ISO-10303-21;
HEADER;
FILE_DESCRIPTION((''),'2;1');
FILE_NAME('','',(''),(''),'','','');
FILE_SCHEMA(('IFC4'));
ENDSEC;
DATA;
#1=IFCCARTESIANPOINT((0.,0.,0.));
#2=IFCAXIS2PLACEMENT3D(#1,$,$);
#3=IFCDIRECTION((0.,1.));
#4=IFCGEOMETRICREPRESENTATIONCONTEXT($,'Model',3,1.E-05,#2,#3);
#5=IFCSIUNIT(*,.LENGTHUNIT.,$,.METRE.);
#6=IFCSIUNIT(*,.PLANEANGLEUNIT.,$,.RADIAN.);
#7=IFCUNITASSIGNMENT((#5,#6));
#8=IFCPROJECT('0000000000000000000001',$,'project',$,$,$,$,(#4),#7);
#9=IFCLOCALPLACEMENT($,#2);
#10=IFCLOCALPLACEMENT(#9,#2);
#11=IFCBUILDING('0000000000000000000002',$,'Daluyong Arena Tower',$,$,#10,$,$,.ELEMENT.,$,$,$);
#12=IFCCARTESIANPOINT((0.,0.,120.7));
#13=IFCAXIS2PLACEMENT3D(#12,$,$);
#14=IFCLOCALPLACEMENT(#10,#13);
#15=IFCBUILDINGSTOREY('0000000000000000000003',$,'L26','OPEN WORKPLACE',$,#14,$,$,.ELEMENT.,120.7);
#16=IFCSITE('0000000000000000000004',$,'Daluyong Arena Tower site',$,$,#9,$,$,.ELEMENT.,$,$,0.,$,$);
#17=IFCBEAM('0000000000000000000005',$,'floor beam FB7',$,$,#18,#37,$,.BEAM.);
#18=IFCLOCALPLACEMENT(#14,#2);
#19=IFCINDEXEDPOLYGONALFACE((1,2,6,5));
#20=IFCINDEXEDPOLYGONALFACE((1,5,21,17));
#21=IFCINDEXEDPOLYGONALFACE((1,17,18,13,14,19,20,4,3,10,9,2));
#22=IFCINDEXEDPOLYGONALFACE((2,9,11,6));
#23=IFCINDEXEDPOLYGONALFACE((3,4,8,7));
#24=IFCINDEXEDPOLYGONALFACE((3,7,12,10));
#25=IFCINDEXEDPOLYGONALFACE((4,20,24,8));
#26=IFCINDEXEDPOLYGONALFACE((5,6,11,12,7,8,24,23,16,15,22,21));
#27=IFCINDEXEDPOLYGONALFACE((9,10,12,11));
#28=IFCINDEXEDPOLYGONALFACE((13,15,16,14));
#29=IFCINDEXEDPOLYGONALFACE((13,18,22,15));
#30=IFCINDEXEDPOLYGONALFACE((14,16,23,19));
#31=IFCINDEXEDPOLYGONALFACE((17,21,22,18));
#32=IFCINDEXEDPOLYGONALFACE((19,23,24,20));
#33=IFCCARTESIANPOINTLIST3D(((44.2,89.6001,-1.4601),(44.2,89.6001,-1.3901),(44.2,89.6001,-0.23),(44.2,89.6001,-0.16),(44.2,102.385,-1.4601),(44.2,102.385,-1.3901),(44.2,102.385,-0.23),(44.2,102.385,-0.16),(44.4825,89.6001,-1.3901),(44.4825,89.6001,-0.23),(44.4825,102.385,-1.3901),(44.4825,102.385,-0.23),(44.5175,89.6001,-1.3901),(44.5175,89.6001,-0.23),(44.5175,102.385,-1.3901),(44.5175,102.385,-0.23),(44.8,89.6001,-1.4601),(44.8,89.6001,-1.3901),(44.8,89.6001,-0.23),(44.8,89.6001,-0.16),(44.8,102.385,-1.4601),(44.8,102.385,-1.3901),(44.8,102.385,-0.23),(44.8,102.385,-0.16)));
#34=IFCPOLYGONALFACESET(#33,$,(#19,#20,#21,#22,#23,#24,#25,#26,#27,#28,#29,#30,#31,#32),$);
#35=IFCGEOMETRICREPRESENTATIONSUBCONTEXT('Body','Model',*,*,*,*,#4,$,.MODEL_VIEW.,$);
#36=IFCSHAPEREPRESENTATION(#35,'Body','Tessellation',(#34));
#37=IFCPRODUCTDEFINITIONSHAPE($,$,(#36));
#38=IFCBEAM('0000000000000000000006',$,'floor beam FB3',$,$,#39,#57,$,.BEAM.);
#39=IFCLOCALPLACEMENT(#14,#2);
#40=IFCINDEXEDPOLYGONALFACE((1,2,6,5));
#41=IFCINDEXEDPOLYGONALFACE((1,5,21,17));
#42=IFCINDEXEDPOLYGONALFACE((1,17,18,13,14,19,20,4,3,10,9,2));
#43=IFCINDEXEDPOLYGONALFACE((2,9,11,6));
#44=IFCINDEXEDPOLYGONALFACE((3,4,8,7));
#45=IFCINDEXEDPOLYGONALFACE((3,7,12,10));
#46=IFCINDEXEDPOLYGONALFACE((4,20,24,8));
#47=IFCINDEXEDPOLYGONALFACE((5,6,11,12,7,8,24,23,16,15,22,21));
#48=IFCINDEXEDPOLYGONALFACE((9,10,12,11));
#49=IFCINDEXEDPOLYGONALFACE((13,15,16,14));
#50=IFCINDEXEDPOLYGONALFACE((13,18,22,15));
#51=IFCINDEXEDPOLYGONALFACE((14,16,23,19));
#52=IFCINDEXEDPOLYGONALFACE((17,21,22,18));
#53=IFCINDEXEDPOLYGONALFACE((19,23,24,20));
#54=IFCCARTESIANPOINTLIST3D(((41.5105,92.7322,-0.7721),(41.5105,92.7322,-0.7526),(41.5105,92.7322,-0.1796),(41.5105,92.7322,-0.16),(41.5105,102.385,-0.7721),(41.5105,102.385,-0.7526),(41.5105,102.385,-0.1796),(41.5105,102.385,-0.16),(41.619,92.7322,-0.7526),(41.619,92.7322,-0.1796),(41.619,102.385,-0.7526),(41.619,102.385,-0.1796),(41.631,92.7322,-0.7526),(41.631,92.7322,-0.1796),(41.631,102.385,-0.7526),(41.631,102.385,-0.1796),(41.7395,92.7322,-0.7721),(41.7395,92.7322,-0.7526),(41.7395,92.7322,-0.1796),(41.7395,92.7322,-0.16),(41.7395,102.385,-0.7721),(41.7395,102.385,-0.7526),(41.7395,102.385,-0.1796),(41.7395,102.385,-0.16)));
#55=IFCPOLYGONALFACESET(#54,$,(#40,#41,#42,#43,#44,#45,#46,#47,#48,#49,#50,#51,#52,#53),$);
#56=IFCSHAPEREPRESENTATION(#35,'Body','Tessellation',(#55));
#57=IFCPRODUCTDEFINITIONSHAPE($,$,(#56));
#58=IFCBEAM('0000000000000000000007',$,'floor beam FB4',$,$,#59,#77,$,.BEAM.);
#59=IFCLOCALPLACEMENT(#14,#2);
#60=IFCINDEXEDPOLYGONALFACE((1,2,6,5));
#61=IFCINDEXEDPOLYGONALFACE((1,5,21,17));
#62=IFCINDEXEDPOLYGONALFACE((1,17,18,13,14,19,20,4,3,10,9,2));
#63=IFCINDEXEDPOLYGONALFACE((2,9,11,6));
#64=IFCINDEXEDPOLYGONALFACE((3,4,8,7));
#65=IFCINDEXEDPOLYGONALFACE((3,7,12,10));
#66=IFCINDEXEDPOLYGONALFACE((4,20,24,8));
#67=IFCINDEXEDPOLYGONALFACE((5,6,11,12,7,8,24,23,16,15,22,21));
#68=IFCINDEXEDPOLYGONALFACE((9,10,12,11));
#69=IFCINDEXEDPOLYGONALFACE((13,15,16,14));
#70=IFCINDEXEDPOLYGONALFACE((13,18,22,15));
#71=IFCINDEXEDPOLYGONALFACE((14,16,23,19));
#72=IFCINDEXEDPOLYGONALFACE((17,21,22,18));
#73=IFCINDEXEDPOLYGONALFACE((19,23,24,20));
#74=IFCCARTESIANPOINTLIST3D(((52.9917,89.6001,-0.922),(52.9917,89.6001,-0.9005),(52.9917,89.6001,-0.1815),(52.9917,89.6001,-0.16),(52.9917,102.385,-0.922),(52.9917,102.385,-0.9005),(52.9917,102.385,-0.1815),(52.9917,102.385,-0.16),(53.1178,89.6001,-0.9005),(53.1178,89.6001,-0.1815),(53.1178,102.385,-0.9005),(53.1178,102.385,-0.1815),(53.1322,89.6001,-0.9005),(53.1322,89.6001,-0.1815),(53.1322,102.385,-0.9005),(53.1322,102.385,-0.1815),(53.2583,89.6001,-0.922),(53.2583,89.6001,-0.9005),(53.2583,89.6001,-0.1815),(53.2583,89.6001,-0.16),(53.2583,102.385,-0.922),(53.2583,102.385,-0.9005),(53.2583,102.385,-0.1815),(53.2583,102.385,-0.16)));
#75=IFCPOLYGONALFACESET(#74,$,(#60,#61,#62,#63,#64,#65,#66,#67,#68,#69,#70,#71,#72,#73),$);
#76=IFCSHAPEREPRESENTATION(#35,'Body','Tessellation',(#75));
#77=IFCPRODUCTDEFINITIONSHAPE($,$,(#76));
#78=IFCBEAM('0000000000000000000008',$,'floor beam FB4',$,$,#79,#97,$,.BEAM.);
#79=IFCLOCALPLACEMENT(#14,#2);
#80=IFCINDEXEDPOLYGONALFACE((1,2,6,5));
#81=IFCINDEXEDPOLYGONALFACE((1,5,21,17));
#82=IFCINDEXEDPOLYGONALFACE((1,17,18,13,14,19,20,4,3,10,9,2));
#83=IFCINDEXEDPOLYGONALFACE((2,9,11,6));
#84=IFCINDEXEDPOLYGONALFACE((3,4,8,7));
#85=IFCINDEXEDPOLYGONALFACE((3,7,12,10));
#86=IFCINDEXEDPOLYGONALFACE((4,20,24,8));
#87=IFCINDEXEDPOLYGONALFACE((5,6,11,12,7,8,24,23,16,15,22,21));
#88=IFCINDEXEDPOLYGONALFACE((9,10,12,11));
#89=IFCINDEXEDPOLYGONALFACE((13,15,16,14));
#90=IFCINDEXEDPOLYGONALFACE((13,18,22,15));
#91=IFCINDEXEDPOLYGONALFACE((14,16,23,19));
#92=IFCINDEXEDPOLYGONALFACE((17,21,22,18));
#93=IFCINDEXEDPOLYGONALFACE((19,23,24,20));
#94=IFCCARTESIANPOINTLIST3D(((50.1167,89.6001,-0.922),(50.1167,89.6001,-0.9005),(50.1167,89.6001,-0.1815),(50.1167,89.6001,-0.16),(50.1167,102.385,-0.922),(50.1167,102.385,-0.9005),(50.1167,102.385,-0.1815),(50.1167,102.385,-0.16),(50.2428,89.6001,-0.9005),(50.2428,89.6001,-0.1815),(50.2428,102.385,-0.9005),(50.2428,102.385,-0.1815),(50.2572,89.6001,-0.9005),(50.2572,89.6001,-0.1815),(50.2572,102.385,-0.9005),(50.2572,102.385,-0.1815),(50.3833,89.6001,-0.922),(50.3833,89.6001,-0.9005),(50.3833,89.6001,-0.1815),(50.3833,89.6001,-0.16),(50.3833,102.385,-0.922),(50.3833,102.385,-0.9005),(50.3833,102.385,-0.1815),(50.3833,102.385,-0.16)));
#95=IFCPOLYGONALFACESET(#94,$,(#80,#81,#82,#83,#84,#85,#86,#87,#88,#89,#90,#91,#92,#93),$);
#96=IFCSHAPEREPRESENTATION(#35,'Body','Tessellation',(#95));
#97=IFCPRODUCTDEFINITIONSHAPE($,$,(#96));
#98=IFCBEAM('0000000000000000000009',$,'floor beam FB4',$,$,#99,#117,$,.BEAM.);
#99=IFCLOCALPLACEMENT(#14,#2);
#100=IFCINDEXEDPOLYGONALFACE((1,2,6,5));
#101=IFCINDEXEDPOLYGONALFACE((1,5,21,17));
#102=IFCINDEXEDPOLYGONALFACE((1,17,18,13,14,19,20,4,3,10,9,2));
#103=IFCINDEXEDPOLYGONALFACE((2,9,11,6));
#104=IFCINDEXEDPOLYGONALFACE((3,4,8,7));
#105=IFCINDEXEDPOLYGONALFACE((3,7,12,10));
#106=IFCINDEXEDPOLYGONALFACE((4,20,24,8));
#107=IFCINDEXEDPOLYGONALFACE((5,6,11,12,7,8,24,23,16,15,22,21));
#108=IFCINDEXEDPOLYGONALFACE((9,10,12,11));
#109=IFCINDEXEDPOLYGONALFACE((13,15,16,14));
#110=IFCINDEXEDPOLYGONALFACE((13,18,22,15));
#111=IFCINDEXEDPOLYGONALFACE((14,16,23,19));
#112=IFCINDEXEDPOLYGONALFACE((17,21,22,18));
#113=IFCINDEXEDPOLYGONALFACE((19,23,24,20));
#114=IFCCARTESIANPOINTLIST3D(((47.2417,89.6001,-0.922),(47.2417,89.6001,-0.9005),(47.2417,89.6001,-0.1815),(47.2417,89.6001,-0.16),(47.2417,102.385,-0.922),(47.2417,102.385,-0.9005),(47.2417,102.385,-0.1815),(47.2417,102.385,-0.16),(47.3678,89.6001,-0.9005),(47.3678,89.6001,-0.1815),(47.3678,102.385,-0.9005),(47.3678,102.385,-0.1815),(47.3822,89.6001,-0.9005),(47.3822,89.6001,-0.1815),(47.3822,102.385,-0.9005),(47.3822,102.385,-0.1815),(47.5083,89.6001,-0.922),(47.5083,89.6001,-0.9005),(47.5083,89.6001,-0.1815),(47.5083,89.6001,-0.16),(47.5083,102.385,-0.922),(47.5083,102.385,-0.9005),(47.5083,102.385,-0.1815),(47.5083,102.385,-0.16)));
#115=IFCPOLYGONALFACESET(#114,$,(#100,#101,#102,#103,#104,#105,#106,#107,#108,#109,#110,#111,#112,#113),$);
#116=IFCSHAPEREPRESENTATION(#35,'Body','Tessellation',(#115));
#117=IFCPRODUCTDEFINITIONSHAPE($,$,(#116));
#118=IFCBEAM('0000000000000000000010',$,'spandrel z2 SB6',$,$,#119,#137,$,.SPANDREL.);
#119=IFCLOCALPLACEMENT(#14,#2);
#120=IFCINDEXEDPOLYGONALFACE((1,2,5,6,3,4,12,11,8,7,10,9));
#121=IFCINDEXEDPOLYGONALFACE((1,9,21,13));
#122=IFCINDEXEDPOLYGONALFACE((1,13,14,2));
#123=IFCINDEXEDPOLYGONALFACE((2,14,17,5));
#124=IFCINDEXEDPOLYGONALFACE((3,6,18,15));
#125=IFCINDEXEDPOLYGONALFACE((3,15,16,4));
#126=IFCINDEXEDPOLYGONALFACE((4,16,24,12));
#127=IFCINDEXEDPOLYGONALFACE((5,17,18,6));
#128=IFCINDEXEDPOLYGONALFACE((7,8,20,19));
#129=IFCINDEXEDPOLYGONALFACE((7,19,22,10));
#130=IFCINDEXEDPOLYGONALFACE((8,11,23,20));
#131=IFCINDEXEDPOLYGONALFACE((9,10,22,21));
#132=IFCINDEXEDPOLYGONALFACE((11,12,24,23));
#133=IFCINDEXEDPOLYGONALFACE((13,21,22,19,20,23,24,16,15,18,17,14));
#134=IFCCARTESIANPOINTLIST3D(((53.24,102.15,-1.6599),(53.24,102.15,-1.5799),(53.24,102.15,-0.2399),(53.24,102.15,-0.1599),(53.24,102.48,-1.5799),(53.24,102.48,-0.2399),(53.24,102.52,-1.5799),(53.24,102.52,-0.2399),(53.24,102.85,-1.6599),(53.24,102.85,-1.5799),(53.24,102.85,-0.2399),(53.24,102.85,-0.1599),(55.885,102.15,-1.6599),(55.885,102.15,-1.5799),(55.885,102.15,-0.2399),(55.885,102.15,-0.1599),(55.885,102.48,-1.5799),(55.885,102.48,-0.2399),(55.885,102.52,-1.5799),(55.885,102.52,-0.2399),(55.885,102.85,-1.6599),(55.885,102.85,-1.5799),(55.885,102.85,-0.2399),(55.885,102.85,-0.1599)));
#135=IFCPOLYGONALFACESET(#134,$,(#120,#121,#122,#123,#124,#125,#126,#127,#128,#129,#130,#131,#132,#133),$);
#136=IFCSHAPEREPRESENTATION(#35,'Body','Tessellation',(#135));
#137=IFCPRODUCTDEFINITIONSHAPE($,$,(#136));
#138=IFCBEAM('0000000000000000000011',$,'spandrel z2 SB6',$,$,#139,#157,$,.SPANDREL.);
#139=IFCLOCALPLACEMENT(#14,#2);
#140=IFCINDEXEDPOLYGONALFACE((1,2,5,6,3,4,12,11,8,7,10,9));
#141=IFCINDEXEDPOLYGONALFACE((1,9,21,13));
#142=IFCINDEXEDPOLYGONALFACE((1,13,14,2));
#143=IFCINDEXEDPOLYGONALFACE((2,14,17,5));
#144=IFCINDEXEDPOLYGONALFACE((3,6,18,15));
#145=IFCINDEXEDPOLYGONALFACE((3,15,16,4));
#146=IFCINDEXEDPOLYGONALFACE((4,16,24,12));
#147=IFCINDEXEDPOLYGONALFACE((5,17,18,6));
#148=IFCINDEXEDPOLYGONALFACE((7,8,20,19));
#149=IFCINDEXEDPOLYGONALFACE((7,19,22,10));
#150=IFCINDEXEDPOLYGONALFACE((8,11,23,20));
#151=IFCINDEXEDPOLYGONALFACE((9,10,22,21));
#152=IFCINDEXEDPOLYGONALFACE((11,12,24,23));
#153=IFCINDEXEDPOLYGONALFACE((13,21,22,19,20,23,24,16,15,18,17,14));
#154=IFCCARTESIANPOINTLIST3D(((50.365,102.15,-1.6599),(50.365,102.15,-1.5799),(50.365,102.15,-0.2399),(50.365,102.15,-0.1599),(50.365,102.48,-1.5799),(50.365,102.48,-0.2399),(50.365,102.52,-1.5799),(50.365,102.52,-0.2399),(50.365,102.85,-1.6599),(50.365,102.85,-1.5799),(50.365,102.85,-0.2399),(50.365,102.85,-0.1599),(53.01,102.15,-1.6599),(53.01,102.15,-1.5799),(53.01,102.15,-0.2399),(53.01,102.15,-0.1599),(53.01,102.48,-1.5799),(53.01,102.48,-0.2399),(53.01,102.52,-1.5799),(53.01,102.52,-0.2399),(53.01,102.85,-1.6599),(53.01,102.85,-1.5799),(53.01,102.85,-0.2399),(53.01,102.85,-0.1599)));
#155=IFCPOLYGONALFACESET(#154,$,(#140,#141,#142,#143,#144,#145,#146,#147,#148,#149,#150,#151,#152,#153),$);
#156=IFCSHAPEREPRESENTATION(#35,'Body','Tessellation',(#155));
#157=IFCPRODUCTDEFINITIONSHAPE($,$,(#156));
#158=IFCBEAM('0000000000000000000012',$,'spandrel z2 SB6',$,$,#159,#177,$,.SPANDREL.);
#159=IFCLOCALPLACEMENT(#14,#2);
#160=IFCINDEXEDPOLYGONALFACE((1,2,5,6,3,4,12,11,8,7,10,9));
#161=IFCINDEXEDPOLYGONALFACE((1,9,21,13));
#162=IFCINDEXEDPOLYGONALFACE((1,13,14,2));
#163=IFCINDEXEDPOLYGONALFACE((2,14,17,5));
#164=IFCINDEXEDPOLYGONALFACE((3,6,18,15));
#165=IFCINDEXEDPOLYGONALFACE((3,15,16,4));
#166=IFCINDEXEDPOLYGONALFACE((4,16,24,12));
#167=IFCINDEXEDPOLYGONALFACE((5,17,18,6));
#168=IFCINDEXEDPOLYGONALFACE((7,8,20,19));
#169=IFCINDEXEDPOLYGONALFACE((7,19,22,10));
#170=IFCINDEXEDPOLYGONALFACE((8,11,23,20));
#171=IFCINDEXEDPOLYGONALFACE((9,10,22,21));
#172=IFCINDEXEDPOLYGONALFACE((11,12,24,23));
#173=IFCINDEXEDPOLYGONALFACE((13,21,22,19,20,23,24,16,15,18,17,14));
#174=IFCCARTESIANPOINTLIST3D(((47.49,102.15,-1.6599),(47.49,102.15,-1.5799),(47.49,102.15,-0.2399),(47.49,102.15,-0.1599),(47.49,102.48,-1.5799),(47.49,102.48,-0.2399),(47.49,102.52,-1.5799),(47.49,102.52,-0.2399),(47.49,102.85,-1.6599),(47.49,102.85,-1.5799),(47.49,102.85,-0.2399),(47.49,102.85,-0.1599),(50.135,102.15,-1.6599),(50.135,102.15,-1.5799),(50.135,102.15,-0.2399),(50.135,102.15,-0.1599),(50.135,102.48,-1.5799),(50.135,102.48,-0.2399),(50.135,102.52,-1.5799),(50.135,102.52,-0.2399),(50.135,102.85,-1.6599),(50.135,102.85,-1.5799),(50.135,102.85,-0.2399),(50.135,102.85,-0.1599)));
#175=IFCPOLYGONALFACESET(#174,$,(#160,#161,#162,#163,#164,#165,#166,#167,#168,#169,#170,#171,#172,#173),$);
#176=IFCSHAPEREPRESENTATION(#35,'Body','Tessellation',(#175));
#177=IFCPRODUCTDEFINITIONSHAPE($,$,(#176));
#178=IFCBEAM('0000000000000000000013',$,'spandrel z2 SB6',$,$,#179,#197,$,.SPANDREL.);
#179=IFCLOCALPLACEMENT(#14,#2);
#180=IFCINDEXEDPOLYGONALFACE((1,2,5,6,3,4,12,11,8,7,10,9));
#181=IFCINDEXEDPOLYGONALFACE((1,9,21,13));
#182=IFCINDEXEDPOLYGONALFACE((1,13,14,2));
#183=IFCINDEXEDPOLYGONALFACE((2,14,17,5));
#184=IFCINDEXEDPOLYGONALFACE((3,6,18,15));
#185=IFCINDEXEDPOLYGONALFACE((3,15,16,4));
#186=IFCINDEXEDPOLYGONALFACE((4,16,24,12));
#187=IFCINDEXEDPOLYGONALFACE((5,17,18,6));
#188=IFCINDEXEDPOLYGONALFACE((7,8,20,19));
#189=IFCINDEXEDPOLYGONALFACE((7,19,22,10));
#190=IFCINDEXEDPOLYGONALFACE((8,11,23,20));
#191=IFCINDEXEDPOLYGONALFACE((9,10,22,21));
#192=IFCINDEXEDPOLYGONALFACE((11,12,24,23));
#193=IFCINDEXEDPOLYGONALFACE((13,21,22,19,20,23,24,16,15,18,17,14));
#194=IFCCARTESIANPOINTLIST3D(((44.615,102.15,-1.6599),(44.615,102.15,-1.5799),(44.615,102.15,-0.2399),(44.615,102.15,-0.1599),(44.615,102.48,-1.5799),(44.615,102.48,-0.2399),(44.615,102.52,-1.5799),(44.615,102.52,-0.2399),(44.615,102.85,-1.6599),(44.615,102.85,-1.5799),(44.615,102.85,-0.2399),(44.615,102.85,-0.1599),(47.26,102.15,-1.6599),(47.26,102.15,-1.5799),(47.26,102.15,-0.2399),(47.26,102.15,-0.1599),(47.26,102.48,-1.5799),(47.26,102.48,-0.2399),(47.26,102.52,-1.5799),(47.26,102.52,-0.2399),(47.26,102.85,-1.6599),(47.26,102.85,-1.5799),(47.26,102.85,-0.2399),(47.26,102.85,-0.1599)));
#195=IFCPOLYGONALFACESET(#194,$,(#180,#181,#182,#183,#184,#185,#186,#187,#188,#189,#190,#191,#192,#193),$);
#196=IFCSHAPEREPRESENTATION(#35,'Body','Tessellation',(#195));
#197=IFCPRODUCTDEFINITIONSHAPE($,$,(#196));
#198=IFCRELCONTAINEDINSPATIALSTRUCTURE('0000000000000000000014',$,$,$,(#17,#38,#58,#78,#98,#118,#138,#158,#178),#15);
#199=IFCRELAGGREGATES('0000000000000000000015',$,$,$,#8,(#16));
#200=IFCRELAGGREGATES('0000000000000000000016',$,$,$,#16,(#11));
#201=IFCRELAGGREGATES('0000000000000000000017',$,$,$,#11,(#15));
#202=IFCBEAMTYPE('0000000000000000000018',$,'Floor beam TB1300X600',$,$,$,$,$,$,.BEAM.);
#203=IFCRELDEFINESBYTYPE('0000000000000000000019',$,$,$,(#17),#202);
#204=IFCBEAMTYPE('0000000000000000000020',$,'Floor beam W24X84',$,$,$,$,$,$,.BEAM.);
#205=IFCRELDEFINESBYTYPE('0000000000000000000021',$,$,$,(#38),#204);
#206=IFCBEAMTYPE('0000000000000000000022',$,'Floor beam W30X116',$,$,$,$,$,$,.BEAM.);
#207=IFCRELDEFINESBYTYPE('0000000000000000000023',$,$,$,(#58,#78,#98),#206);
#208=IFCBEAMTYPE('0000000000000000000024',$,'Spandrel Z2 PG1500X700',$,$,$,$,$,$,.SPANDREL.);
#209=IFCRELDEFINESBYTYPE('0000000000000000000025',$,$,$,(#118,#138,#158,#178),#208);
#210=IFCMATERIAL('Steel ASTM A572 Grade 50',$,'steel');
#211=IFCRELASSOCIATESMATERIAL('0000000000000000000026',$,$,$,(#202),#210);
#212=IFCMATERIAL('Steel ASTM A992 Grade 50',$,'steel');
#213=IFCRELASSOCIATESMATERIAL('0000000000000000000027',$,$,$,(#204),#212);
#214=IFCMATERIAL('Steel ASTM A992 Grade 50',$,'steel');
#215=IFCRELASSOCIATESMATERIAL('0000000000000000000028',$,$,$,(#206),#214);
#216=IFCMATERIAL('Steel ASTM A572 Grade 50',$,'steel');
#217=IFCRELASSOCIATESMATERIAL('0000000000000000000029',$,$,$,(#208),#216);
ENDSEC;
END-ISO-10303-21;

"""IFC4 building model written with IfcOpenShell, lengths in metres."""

from ifc_helpers import new_model, si_unit, direction, frame, origin, origin_2d, place, context, subcontext, project, spatial, i_section, extrude, material, material_profile, profile_set, type_object, element, save


model = new_model("IFC4")

# Units and contexts
model_context = context("Model", 3, precision=1e-05, world=origin(), true_north=direction((0.0, 1.0)))
body_context = subcontext(model_context, "Body", "Model", "MODEL_VIEW")
ifc_project = project(units=[si_unit("LENGTHUNIT", "METRE"), si_unit("PLANEANGLEUNIT", "RADIAN")], contexts=[model_context])

# Site, building, storey
site_placement = place(None, origin())
site = spatial("IfcSite", under=ifc_project, at=site_placement, Name="Daluyong Arena Tower site", CompositionType="ELEMENT", RefElevation=0.0)
building_placement = place(site_placement, origin())
building = spatial("IfcBuilding", under=site, at=building_placement, Name="Daluyong Arena Tower", CompositionType="ELEMENT")
storey_placement = place(building_placement, frame((0.0, 0.0, 120.7)))
storey = spatial("IfcBuildingStorey", under=building, at=storey_placement, Name="L26", Description="OPEN WORKPLACE", CompositionType="ELEMENT", Elevation=120.7)

# Beams
ifc_material_1 = material(Name="Steel ASTM A572 Grade 50", Category="steel")
ifc_material_profile_1 = material_profile(ifc_material_1, i_section(OverallWidth=0.6001, OverallDepth=1.3, WebThickness=0.035, FlangeThickness=0.07, at=origin_2d()))
ifc_profile_set_1 = profile_set([ifc_material_profile_1], Name="Steel ASTM A572 Grade 50")
beam_type_1 = type_object("IfcBeamType", Name="Floor beam TB1300X600", PredefinedType="BEAM", material=ifc_profile_set_1)
beam_1_placement = place(storey_placement, frame((44.5, 102.385, -0.8101), z_axis=(0.0, -1.0, 0.0), x_axis=(1.0, 0.0, 0.0)))
element("IfcBeam", 1, at=beam_1_placement, inside=storey, type_object=beam_type_1, Name="floor beam FB7", PredefinedType="BEAM", context=body_context, shape_type="SweptSolid", body=[
    extrude(i_section(OverallWidth=0.6001, OverallDepth=1.3, WebThickness=0.035, FlangeThickness=0.07, at=origin_2d()), origin(), (0.0, 0.0, 1.0), 12.7849),
])
ifc_material_2 = material(Name="Steel ASTM A992 Grade 50", Category="steel")
ifc_material_profile_2 = material_profile(ifc_material_2, i_section(OverallWidth=0.229, OverallDepth=0.6121, WebThickness=0.012, FlangeThickness=0.0195, at=origin_2d()))
ifc_profile_set_2 = profile_set([ifc_material_profile_2], Name="Steel ASTM A992 Grade 50")
beam_type_2 = type_object("IfcBeamType", Name="Floor beam W24X84", PredefinedType="BEAM", material=ifc_profile_set_2)
beam_2_placement = place(storey_placement, frame((41.625, 102.385, -0.4661), z_axis=(0.0, -1.0, 0.0), x_axis=(1.0, 0.0, 0.0)))
element("IfcBeam", 2, at=beam_2_placement, inside=storey, type_object=beam_type_2, Name="floor beam FB3", PredefinedType="BEAM", context=body_context, shape_type="SweptSolid", body=[
    extrude(i_section(OverallWidth=0.229, OverallDepth=0.6121, WebThickness=0.012, FlangeThickness=0.0195, at=origin_2d()), origin(), (0.0, 0.0, 1.0), 9.6528),
])
ifc_material_3 = material(Name="Steel ASTM A992 Grade 50", Category="steel")
ifc_material_profile_3 = material_profile(ifc_material_3, i_section(OverallWidth=0.2666, OverallDepth=0.762, WebThickness=0.0144, FlangeThickness=0.0215, at=origin_2d()))
ifc_profile_set_3 = profile_set([ifc_material_profile_3], Name="Steel ASTM A992 Grade 50")
beam_type_3 = type_object("IfcBeamType", Name="Floor beam W30X116", PredefinedType="BEAM", material=ifc_profile_set_3)
for number, where, z_axis, x_axis, name in (
    (3, (53.125, 102.385, -0.541), (0.0, -1.0, 0.0), (1.0, 0.0, 0.0), "floor beam FB4"),
    (4, (50.25, 102.385, -0.541), (0.0, -1.0, 0.0), (1.0, 0.0, 0.0), "floor beam FB4"),
    (5, (47.375, 102.385, -0.541), (0.0, -1.0, 0.0), (1.0, 0.0, 0.0), "floor beam FB4"),
):
    element("IfcBeam", number, at=place(storey_placement, frame(where, z_axis=z_axis, x_axis=x_axis)), inside=storey, type_object=beam_type_3, Name=name, PredefinedType="BEAM", context=body_context, shape_type="SweptSolid", body=[
        extrude(i_section(OverallWidth=0.2666, OverallDepth=0.762, WebThickness=0.0144, FlangeThickness=0.0215, at=origin_2d()), origin(), (0.0, 0.0, 1.0), 12.7849),
    ])
ifc_material_4 = material(Name="Steel ASTM A572 Grade 50", Category="steel")
ifc_material_profile_4 = material_profile(ifc_material_4, i_section(OverallWidth=0.7, OverallDepth=1.5, WebThickness=0.04, FlangeThickness=0.08, at=origin_2d()))
ifc_profile_set_4 = profile_set([ifc_material_profile_4], Name="Steel ASTM A572 Grade 50")
beam_type_4 = type_object("IfcBeamType", Name="Spandrel Z2 PG1500X700", PredefinedType="SPANDREL", material=ifc_profile_set_4)
for number, where, z_axis, x_axis, name in (
    (6, (55.885, 102.5, -0.9099), (-1.0, 0.0, 0.0), (0.0, -1.0, 0.0), "spandrel z2 SB6"),
    (7, (53.01, 102.5, -0.9099), (-1.0, 0.0, 0.0), (0.0, -1.0, 0.0), "spandrel z2 SB6"),
    (8, (50.135, 102.5, -0.9099), (-1.0, 0.0, 0.0), (0.0, -1.0, 0.0), "spandrel z2 SB6"),
    (9, (47.26, 102.5, -0.9099), (-1.0, 0.0, 0.0), (0.0, -1.0, 0.0), "spandrel z2 SB6"),
):
    element("IfcBeam", number, at=place(storey_placement, frame(where, z_axis=z_axis, x_axis=x_axis)), inside=storey, type_object=beam_type_4, Name=name, PredefinedType="SPANDREL", context=body_context, shape_type="SweptSolid", body=[
        extrude(i_section(OverallWidth=0.7, OverallDepth=1.5, WebThickness=0.04, FlangeThickness=0.08, at=origin_2d()), origin(), (0.0, 0.0, 1.0), 2.645),
    ])

save(model, "model.ifc")
